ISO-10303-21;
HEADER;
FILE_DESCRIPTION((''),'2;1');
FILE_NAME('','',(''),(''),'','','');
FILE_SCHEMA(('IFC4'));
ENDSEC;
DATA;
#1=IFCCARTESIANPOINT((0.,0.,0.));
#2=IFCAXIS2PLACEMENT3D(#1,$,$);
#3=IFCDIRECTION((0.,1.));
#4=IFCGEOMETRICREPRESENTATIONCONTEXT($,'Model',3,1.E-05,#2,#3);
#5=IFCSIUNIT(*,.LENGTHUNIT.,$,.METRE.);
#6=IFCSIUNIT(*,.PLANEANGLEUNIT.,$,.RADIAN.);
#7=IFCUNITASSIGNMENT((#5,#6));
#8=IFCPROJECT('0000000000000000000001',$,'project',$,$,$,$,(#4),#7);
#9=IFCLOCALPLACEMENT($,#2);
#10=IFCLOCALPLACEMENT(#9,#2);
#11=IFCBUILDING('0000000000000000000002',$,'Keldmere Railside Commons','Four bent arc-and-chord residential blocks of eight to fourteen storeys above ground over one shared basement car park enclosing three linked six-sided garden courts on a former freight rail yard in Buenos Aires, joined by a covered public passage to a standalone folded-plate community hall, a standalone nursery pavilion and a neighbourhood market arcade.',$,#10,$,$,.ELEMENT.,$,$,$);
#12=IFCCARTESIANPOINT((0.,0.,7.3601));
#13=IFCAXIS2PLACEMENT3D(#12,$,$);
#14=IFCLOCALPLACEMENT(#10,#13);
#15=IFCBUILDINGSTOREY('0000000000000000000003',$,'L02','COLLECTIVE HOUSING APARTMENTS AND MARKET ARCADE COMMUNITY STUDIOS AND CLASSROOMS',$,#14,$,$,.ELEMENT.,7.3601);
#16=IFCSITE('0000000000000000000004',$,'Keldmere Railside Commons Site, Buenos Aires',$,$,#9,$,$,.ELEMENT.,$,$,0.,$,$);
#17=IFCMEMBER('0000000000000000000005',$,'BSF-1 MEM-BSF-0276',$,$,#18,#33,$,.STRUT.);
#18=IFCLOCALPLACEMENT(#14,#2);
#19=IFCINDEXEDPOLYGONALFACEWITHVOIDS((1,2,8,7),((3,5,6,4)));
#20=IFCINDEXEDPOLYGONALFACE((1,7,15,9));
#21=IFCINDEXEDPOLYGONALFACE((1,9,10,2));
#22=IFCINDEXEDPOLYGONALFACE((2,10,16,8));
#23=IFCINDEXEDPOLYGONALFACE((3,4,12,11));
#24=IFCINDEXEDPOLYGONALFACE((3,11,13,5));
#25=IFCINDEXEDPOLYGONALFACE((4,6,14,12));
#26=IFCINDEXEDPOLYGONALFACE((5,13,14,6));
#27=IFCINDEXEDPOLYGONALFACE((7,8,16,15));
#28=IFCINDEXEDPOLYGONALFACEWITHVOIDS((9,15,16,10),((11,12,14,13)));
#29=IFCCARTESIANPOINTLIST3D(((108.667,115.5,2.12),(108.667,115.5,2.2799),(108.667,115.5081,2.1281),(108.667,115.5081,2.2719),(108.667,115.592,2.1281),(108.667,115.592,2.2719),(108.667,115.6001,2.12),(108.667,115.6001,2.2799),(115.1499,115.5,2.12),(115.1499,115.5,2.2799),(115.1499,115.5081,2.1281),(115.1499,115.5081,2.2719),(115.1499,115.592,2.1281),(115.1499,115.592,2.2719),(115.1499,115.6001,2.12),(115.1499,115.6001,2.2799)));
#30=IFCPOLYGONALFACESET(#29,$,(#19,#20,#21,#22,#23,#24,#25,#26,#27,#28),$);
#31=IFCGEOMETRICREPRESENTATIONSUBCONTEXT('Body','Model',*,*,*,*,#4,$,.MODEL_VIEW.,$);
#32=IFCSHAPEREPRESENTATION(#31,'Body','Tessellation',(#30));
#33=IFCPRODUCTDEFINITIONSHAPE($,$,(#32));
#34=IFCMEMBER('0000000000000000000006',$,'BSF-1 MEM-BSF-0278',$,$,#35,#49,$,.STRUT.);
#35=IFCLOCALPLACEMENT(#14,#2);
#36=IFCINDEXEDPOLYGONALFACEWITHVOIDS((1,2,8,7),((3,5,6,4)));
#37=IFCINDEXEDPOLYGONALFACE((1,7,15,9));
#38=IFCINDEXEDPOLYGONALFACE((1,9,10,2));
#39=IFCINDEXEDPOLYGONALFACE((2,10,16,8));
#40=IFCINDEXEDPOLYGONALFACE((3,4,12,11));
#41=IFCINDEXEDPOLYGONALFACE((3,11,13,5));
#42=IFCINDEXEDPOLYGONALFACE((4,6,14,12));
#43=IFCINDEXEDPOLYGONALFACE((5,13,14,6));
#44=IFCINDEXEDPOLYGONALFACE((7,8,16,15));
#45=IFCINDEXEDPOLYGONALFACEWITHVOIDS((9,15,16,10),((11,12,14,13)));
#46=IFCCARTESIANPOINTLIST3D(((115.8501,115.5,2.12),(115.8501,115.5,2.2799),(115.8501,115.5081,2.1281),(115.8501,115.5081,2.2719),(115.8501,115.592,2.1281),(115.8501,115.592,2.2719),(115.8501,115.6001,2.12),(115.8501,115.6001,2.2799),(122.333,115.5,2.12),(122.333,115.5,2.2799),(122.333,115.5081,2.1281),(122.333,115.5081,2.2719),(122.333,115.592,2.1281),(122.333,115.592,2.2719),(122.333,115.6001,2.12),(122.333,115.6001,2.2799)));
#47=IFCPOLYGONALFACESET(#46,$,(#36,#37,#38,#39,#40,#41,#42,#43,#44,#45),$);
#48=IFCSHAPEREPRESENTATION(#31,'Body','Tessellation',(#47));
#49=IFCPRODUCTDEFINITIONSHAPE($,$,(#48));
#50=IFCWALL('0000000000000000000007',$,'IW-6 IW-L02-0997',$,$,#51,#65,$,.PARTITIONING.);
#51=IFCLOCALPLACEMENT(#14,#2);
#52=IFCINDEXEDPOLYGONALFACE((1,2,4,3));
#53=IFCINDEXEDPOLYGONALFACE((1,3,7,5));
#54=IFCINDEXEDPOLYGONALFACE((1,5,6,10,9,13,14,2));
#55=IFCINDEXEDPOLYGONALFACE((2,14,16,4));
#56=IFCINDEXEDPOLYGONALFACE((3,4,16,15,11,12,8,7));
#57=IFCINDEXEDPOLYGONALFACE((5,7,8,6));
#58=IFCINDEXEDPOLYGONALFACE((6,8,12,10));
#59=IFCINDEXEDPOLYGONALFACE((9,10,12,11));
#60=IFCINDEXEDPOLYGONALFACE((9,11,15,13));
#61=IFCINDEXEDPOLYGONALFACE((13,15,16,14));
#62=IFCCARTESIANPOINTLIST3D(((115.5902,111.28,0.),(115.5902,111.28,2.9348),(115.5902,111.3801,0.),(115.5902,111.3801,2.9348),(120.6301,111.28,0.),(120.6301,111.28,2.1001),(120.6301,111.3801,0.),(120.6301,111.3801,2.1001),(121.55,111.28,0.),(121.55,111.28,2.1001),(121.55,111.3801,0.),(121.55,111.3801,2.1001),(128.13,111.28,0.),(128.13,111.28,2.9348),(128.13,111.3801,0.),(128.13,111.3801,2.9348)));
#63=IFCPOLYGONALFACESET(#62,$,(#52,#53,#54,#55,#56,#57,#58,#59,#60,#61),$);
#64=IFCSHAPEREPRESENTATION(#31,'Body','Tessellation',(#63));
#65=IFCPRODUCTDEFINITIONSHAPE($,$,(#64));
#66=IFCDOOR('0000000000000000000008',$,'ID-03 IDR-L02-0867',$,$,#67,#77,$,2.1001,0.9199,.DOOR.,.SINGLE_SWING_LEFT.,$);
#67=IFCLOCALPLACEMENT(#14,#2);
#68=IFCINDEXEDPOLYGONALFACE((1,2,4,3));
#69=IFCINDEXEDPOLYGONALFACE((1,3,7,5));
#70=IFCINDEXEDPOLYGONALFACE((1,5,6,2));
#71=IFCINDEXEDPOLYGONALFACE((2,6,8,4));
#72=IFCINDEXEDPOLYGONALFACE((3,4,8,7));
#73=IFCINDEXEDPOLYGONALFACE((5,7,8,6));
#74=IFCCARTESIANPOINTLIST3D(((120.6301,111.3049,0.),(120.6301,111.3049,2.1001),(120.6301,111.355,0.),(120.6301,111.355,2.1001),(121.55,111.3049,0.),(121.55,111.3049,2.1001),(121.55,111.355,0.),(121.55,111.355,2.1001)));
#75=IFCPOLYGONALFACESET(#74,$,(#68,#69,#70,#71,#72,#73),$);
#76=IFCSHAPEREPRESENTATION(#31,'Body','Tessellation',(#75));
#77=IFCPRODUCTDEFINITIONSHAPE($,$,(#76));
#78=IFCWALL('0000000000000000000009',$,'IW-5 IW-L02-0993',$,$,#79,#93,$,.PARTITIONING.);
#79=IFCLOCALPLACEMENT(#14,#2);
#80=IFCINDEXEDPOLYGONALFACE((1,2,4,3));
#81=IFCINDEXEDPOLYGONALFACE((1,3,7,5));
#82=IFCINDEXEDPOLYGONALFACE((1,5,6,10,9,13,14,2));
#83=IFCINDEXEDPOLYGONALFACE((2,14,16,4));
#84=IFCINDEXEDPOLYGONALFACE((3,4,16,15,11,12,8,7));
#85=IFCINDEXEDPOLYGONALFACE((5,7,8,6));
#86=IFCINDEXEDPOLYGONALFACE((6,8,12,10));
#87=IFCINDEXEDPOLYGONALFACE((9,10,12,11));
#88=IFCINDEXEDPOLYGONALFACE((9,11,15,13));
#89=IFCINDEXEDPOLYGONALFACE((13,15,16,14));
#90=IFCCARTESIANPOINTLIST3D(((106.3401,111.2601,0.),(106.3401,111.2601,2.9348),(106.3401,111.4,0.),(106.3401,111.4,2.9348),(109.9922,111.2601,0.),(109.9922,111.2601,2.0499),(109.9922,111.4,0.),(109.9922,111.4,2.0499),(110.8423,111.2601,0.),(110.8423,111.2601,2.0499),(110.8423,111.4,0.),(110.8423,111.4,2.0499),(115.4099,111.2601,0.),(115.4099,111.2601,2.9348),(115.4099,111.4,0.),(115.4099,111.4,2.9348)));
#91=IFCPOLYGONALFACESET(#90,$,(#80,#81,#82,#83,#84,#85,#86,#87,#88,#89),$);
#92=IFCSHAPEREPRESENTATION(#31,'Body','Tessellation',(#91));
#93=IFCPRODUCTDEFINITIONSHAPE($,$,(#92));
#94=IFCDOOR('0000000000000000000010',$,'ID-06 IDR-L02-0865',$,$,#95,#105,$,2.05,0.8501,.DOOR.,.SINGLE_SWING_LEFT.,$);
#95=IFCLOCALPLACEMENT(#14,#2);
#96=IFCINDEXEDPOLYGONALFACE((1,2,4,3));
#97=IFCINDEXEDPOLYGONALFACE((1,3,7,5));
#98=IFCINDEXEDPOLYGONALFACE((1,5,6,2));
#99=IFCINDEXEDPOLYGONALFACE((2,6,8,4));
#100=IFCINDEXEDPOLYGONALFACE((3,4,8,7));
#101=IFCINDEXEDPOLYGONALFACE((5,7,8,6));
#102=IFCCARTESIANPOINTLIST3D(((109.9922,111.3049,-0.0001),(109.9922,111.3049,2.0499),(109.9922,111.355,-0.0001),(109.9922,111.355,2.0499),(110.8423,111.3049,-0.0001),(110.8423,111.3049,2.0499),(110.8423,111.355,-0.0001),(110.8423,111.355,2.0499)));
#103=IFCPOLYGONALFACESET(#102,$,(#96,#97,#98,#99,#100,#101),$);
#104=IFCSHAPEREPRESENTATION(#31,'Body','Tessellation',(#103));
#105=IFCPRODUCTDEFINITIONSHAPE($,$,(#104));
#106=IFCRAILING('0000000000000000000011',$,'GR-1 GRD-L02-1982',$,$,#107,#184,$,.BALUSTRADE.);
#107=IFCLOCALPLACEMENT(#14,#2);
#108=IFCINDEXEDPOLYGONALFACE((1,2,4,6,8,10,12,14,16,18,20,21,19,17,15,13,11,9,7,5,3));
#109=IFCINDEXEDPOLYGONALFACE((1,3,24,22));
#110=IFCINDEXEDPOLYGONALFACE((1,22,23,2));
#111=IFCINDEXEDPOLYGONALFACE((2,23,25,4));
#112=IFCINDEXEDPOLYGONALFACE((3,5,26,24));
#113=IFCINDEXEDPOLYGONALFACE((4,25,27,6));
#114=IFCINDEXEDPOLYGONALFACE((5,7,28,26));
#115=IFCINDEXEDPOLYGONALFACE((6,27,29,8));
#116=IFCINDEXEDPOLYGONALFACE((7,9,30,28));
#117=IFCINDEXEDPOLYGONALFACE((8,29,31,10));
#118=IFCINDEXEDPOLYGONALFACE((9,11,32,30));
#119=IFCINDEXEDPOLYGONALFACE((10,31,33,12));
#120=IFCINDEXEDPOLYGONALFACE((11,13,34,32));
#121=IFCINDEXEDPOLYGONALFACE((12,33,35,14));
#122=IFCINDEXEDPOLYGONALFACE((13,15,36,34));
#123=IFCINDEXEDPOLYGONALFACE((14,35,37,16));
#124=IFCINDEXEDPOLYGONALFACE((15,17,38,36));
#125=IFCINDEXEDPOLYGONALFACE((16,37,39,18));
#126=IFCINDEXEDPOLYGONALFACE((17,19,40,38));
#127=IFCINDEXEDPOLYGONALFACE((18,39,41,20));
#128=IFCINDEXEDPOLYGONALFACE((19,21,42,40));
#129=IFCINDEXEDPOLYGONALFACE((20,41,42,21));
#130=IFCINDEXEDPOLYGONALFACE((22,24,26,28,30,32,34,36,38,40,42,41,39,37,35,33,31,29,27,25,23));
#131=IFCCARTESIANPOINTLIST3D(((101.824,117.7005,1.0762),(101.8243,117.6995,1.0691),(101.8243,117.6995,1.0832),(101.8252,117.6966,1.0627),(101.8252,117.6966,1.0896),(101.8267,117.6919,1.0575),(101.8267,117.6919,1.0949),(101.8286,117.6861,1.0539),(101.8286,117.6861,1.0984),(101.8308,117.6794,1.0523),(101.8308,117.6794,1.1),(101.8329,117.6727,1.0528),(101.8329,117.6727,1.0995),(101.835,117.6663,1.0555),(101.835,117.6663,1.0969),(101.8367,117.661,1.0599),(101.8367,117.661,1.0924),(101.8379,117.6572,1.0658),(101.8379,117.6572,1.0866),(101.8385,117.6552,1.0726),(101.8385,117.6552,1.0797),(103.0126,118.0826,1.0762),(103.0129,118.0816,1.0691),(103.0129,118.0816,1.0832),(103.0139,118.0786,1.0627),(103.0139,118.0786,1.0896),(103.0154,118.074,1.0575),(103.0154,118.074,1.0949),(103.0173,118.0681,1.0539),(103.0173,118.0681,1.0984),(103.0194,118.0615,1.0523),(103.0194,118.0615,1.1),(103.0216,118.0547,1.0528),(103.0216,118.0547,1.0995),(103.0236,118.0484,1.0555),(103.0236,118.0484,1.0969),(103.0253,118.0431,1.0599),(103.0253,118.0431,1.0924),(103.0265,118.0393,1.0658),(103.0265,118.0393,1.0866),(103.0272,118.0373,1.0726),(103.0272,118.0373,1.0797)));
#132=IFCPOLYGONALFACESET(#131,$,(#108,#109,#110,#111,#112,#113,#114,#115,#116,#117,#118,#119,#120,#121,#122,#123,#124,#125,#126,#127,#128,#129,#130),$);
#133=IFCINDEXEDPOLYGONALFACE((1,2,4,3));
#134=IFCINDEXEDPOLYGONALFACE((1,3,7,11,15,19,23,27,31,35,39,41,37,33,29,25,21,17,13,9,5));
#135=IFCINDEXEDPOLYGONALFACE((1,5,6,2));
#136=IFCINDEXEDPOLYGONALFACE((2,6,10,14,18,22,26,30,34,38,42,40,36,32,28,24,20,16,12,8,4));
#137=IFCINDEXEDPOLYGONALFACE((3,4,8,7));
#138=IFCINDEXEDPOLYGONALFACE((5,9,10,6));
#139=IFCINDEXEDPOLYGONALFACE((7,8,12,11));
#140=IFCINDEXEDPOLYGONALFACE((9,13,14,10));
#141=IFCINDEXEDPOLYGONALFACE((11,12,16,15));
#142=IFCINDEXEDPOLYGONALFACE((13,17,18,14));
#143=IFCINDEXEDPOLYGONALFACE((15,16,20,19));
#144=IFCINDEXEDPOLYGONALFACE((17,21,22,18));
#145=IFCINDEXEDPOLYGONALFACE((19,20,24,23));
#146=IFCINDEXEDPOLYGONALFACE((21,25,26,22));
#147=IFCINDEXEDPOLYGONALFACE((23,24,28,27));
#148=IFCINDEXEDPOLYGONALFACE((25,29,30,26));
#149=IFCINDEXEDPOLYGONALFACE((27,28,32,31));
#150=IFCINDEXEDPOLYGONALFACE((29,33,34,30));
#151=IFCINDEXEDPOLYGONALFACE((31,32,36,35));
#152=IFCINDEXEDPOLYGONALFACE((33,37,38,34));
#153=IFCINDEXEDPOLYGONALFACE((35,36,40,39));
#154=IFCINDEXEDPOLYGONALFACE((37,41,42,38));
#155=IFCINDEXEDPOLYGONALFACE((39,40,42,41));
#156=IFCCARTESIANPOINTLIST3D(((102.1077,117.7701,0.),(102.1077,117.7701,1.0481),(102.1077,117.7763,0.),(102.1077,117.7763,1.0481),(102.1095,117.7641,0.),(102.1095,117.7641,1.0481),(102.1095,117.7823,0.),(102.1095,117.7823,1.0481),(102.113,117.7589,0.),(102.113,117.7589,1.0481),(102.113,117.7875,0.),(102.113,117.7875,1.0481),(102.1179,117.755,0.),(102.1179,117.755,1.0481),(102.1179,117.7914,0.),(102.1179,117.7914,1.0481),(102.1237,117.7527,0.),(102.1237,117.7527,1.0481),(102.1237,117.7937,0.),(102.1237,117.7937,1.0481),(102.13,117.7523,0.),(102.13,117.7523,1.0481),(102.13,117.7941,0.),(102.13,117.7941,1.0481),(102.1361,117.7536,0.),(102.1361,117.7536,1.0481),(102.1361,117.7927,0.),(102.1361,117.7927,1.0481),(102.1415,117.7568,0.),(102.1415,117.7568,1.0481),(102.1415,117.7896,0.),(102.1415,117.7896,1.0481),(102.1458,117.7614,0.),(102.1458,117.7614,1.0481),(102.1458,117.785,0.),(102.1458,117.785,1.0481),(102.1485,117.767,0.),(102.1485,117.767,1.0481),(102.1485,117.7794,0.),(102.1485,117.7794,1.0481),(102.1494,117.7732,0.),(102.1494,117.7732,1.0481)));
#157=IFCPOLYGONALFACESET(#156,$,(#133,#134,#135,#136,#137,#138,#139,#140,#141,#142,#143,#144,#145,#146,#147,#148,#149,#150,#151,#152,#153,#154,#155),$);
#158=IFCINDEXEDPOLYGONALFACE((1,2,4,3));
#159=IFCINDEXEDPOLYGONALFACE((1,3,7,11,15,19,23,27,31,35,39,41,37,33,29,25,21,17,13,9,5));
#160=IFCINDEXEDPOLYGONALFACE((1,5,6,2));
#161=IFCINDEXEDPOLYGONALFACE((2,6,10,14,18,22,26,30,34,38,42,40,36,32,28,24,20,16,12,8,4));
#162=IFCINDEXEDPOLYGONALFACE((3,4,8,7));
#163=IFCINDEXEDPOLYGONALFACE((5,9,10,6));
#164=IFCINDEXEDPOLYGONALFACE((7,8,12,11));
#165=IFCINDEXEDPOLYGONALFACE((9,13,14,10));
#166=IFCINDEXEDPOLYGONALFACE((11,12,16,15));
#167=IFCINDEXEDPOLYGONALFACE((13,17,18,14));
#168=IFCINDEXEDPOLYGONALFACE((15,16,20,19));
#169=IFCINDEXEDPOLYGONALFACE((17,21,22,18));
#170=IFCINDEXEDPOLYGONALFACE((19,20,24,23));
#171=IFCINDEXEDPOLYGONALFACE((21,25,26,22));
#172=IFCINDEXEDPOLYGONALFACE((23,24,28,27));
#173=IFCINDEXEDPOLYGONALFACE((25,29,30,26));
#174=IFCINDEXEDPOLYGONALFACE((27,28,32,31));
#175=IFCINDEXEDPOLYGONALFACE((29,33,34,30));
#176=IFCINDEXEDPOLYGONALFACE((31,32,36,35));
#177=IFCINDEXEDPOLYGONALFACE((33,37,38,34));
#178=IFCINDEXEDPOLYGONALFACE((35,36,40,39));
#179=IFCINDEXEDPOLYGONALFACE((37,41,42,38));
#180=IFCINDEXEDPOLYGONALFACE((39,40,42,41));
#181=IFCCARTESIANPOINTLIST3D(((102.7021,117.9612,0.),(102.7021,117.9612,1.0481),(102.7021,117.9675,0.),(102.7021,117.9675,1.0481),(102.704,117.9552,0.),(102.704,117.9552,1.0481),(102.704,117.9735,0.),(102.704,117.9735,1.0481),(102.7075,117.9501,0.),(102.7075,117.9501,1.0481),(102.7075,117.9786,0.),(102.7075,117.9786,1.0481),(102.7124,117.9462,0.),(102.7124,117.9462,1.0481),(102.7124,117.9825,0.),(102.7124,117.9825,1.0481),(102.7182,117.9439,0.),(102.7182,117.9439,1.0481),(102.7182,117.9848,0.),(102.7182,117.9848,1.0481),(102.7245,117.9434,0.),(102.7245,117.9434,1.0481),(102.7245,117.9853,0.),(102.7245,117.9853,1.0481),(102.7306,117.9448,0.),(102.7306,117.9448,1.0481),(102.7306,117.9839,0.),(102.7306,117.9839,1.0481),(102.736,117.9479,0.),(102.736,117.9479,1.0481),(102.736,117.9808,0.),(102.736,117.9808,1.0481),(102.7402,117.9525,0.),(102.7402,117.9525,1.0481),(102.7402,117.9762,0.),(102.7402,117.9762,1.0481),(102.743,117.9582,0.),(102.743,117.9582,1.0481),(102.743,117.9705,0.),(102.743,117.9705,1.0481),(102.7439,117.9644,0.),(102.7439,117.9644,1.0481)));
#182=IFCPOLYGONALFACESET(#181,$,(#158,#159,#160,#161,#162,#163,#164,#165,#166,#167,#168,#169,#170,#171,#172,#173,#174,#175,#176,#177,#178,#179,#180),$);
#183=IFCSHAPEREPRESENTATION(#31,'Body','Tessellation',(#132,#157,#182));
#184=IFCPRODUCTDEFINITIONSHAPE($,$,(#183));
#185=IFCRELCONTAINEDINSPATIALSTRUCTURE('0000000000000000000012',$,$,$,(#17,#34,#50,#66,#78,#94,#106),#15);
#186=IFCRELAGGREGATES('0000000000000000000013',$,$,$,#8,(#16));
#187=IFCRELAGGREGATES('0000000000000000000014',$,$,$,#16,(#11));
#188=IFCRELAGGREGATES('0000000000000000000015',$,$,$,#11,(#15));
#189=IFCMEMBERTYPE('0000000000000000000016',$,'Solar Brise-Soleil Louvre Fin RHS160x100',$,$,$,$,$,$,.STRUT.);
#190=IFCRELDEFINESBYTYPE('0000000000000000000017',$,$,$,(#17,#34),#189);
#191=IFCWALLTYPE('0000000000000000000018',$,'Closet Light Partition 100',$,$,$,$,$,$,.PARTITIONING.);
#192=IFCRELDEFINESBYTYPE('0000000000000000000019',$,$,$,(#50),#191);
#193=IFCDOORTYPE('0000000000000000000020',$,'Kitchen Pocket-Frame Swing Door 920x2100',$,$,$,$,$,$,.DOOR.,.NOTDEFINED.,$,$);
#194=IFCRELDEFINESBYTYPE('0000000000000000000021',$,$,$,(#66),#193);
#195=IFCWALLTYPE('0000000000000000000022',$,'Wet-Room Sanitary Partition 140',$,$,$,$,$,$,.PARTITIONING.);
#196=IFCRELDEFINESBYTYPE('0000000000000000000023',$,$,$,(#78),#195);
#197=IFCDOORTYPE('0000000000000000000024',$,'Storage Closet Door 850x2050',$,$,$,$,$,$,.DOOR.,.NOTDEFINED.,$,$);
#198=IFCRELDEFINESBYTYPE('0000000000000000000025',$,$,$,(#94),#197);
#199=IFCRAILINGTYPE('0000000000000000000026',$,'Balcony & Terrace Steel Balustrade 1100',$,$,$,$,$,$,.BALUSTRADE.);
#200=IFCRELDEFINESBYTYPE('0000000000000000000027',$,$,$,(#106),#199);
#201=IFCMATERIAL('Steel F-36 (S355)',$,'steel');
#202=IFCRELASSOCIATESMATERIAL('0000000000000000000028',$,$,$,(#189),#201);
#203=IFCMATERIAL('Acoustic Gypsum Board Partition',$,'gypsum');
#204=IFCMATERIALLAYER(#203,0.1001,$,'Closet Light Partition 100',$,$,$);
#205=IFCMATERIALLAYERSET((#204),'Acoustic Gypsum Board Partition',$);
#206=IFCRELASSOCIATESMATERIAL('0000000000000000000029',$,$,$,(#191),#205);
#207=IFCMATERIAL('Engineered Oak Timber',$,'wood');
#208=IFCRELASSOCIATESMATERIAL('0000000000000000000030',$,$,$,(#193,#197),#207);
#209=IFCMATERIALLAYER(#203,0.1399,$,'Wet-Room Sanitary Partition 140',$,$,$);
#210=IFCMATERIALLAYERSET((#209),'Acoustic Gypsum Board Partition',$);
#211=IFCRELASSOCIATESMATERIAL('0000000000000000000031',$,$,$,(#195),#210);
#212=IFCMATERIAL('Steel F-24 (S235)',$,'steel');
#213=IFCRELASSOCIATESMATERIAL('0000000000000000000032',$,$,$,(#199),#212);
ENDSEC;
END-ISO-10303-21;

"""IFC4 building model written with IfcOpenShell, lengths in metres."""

from ifc_helpers import new_model, si_unit, direction, frame, frame_2d, origin, origin_2d, place, context, subcontext, project, spatial, rectangle, hollow_rectangle, circle, extrude, material, layer, layer_set, material_profile, profile_set, type_object, element, fill, save


model = new_model("IFC4")

# Units and contexts
model_context = context("Model", 3, precision=1e-05, world=origin(), true_north=direction((0.0, 1.0)))
body_context = subcontext(model_context, "Body", "Model", "MODEL_VIEW")
ifc_project = project(units=[si_unit("LENGTHUNIT", "METRE"), si_unit("PLANEANGLEUNIT", "RADIAN")], contexts=[model_context])

# Site, building, storey
site_placement = place(None, origin())
site = spatial("IfcSite", under=ifc_project, at=site_placement, Name="Keldmere Railside Commons Site, Buenos Aires", CompositionType="ELEMENT", RefElevation=0.0)
building_placement = place(site_placement, origin())
building = spatial("IfcBuilding", under=site, at=building_placement, Name="Keldmere Railside Commons", Description="Four bent arc-and-chord residential blocks of eight to fourteen storeys above ground over one shared basement car park enclosing three linked six-sided garden courts on a former freight rail yard in Buenos Aires, joined by a covered public passage to a standalone folded-plate community hall, a standalone nursery pavilion and a neighbourhood market arcade.", CompositionType="ELEMENT")
storey_placement = place(building_placement, frame((0.0, 0.0, 7.3601)))
storey = spatial("IfcBuildingStorey", under=building, at=storey_placement, Name="L02", Description="COLLECTIVE HOUSING APARTMENTS AND MARKET ARCADE COMMUNITY STUDIOS AND CLASSROOMS", CompositionType="ELEMENT", Elevation=7.3601)

# Shared definitions
ifc_material_1 = material(Name="Steel F-36 (S355)", Category="steel")

# Members
ifc_material_profile_1 = material_profile(ifc_material_1, hollow_rectangle(XDim=0.1001, YDim=0.1599, WallThickness=0.0081, at=origin_2d()), Name="RHS-160x100x8")
ifc_profile_set_1 = profile_set([ifc_material_profile_1], Name="Steel F-36 (S355)")
member_type_1 = type_object("IfcMemberType", Name="Solar Brise-Soleil Louvre Fin RHS160x100", PredefinedType="STRUT", material=ifc_profile_set_1)
for number, where, z_axis, x_axis, name in (
    (1, (108.667, 115.55, 2.2), (1.0, 0.0, 0.0), (0.0, 1.0, 0.0), "BSF-1 MEM-BSF-0276"),
    (2, (115.8501, 115.55, 2.2), (1.0, 0.0, 0.0), (0.0, 1.0, 0.0), "BSF-1 MEM-BSF-0278"),
):
    element("IfcMember", number, at=place(storey_placement, frame(where, z_axis=z_axis, x_axis=x_axis)), inside=storey, type_object=member_type_1, Name=name, PredefinedType="STRUT", context=body_context, shape_type="SweptSolid", body=[
        extrude(hollow_rectangle(XDim=0.1001, YDim=0.1599, WallThickness=0.0081, at=origin_2d()), origin(), (0.0, 0.0, 1.0), 6.4829),
    ])

# Walls, openings, doors
ifc_material_2 = material(Name="Acoustic Gypsum Board Partition", Category="gypsum")
ifc_layer_1 = layer(ifc_material_2, 0.1001, Name="Closet Light Partition 100")
ifc_layer_set_1 = layer_set([ifc_layer_1], Name="Acoustic Gypsum Board Partition")
wall_type_1 = type_object("IfcWallType", Name="Closet Light Partition 100", PredefinedType="PARTITIONING", material=ifc_layer_set_1)
wall_1_placement = place(storey_placement, frame((115.5901, 111.3301, 0.0), z_axis=(0.0, 0.0, 1.0), x_axis=(1.0, 0.0, 0.0)))
wall_1 = element("IfcWall", 3, at=wall_1_placement, inside=storey, type_object=wall_type_1, Name="IW-6 IW-L02-0997", PredefinedType="PARTITIONING", context=body_context, shape_type="SweptSolid", body=[
    extrude(rectangle(XDim=12.5398, YDim=0.1001, at=frame_2d((6.27, 0.0))), origin(), (0.0, 0.0, 1.0), 2.9348),
])
opening_1_placement = place(wall_1_placement, frame((5.04, 0.0, 0.0)))
opening_1 = element("IfcOpeningElement", 4, at=opening_1_placement, cuts=wall_1, PredefinedType="OPENING", context=body_context, shape_type="SweptSolid", body=[
    extrude(rectangle(XDim=0.9199, YDim=2.1001, at=frame_2d((0.46, 1.05))), frame((0.0, 0.0601, 0.0), z_axis=(0.0, -1.0, 0.0), x_axis=(1.0, 0.0, 0.0)), (0.0, 0.0, 1.0), 0.1201),
])
ifc_material_3 = material(Name="Engineered Oak Timber", Category="wood")
door_type_1 = type_object("IfcDoorType", Name="Kitchen Pocket-Frame Swing Door 920x2100", OperationType="NOTDEFINED", PredefinedType="DOOR", material=ifc_material_3)
door_1_placement = place(opening_1_placement, origin())
door_1 = element("IfcDoor", 5, at=door_1_placement, inside=storey, type_object=door_type_1, Name="ID-03 IDR-L02-0867", OperationType="SINGLE_SWING_LEFT", OverallHeight=2.1001, OverallWidth=0.9199, PredefinedType="DOOR", context=body_context, shape_type="SweptSolid", body=[
    extrude(rectangle(XDim=0.9199, YDim=2.1001, at=frame_2d((0.46, 1.05))), frame((0.0, 0.0249, 0.0), z_axis=(0.0, -1.0, 0.0), x_axis=(1.0, 0.0, 0.0)), (0.0, 0.0, 1.0), 0.05),
])
fill(opening_1, door_1)
ifc_layer_2 = layer(ifc_material_2, 0.1399, Name="Wet-Room Sanitary Partition 140")
ifc_layer_set_2 = layer_set([ifc_layer_2], Name="Acoustic Gypsum Board Partition")
wall_type_2 = type_object("IfcWallType", Name="Wet-Room Sanitary Partition 140", PredefinedType="PARTITIONING", material=ifc_layer_set_2)
wall_2_placement = place(storey_placement, frame((106.3401, 111.3301, 0.0), z_axis=(0.0, 0.0, 1.0), x_axis=(1.0, 0.0, 0.0)))
wall_2 = element("IfcWall", 6, at=wall_2_placement, inside=storey, type_object=wall_type_2, Name="IW-5 IW-L02-0993", PredefinedType="PARTITIONING", context=body_context, shape_type="SweptSolid", body=[
    extrude(rectangle(XDim=9.0698, YDim=0.1399, at=frame_2d((4.5349, 0.0))), origin(), (0.0, 0.0, 1.0), 2.9348),
])
opening_2_placement = place(wall_2_placement, frame((3.6521, 0.0, 0.0)))
opening_2 = element("IfcOpeningElement", 7, at=opening_2_placement, cuts=wall_2, PredefinedType="OPENING", context=body_context, shape_type="SweptSolid", body=[
    extrude(rectangle(XDim=0.8501, YDim=2.05, at=frame_2d((0.425, 1.0249))), frame((0.0, 0.0798, 0.0), z_axis=(0.0, -1.0, 0.0), x_axis=(1.0, 0.0, 0.0)), (0.0, 0.0, 1.0), 0.1599),
])
door_type_2 = type_object("IfcDoorType", Name="Storage Closet Door 850x2050", OperationType="NOTDEFINED", PredefinedType="DOOR", material=ifc_material_3)
door_2_placement = place(opening_2_placement, origin())
door_2 = element("IfcDoor", 8, at=door_2_placement, inside=storey, type_object=door_type_2, Name="ID-06 IDR-L02-0865", OperationType="SINGLE_SWING_LEFT", OverallHeight=2.05, OverallWidth=0.8501, PredefinedType="DOOR", context=body_context, shape_type="SweptSolid", body=[
    extrude(rectangle(XDim=0.8501, YDim=2.05, at=frame_2d((0.425, 1.0249))), frame((0.0, 0.0249, 0.0), z_axis=(0.0, -1.0, 0.0), x_axis=(1.0, 0.0, 0.0)), (0.0, 0.0, 1.0), 0.05),
])
fill(opening_2, door_2)

# Railing
ifc_material_4 = material(Name="Steel F-24 (S235)", Category="steel")
railing_type = type_object("IfcRailingType", Name="Balcony & Terrace Steel Balustrade 1100", PredefinedType="BALUSTRADE", material=ifc_material_4)
railing_1_placement = place(storey_placement, frame((101.8313, 117.6777, 0.0)))
element("IfcRailing", 9, at=railing_1_placement, inside=storey, type_object=railing_type, Name="GR-1 GRD-L02-1982", PredefinedType="BALUSTRADE", context=body_context, shape_type="SweptSolid", body=[
    extrude(circle(Radius=0.0239, at=origin_2d()), frame((0.0, 0.0, 1.0762), z_axis=(0.952031, 0.306003, 0.0), x_axis=(-0.306003, 0.952031, 0.0)), (0.0, 0.0, 1.0), 1.2485),
    extrude(circle(Radius=0.021, at=origin_2d()), frame((0.2971, 0.0955, 0.0)), (0.0, 0.0, 1.0), 1.0481),
    extrude(circle(Radius=0.021, at=origin_2d()), frame((0.8916, 0.2866, 0.0)), (0.0, 0.0, 1.0), 1.0481),
])

save(model, "model.ifc")
